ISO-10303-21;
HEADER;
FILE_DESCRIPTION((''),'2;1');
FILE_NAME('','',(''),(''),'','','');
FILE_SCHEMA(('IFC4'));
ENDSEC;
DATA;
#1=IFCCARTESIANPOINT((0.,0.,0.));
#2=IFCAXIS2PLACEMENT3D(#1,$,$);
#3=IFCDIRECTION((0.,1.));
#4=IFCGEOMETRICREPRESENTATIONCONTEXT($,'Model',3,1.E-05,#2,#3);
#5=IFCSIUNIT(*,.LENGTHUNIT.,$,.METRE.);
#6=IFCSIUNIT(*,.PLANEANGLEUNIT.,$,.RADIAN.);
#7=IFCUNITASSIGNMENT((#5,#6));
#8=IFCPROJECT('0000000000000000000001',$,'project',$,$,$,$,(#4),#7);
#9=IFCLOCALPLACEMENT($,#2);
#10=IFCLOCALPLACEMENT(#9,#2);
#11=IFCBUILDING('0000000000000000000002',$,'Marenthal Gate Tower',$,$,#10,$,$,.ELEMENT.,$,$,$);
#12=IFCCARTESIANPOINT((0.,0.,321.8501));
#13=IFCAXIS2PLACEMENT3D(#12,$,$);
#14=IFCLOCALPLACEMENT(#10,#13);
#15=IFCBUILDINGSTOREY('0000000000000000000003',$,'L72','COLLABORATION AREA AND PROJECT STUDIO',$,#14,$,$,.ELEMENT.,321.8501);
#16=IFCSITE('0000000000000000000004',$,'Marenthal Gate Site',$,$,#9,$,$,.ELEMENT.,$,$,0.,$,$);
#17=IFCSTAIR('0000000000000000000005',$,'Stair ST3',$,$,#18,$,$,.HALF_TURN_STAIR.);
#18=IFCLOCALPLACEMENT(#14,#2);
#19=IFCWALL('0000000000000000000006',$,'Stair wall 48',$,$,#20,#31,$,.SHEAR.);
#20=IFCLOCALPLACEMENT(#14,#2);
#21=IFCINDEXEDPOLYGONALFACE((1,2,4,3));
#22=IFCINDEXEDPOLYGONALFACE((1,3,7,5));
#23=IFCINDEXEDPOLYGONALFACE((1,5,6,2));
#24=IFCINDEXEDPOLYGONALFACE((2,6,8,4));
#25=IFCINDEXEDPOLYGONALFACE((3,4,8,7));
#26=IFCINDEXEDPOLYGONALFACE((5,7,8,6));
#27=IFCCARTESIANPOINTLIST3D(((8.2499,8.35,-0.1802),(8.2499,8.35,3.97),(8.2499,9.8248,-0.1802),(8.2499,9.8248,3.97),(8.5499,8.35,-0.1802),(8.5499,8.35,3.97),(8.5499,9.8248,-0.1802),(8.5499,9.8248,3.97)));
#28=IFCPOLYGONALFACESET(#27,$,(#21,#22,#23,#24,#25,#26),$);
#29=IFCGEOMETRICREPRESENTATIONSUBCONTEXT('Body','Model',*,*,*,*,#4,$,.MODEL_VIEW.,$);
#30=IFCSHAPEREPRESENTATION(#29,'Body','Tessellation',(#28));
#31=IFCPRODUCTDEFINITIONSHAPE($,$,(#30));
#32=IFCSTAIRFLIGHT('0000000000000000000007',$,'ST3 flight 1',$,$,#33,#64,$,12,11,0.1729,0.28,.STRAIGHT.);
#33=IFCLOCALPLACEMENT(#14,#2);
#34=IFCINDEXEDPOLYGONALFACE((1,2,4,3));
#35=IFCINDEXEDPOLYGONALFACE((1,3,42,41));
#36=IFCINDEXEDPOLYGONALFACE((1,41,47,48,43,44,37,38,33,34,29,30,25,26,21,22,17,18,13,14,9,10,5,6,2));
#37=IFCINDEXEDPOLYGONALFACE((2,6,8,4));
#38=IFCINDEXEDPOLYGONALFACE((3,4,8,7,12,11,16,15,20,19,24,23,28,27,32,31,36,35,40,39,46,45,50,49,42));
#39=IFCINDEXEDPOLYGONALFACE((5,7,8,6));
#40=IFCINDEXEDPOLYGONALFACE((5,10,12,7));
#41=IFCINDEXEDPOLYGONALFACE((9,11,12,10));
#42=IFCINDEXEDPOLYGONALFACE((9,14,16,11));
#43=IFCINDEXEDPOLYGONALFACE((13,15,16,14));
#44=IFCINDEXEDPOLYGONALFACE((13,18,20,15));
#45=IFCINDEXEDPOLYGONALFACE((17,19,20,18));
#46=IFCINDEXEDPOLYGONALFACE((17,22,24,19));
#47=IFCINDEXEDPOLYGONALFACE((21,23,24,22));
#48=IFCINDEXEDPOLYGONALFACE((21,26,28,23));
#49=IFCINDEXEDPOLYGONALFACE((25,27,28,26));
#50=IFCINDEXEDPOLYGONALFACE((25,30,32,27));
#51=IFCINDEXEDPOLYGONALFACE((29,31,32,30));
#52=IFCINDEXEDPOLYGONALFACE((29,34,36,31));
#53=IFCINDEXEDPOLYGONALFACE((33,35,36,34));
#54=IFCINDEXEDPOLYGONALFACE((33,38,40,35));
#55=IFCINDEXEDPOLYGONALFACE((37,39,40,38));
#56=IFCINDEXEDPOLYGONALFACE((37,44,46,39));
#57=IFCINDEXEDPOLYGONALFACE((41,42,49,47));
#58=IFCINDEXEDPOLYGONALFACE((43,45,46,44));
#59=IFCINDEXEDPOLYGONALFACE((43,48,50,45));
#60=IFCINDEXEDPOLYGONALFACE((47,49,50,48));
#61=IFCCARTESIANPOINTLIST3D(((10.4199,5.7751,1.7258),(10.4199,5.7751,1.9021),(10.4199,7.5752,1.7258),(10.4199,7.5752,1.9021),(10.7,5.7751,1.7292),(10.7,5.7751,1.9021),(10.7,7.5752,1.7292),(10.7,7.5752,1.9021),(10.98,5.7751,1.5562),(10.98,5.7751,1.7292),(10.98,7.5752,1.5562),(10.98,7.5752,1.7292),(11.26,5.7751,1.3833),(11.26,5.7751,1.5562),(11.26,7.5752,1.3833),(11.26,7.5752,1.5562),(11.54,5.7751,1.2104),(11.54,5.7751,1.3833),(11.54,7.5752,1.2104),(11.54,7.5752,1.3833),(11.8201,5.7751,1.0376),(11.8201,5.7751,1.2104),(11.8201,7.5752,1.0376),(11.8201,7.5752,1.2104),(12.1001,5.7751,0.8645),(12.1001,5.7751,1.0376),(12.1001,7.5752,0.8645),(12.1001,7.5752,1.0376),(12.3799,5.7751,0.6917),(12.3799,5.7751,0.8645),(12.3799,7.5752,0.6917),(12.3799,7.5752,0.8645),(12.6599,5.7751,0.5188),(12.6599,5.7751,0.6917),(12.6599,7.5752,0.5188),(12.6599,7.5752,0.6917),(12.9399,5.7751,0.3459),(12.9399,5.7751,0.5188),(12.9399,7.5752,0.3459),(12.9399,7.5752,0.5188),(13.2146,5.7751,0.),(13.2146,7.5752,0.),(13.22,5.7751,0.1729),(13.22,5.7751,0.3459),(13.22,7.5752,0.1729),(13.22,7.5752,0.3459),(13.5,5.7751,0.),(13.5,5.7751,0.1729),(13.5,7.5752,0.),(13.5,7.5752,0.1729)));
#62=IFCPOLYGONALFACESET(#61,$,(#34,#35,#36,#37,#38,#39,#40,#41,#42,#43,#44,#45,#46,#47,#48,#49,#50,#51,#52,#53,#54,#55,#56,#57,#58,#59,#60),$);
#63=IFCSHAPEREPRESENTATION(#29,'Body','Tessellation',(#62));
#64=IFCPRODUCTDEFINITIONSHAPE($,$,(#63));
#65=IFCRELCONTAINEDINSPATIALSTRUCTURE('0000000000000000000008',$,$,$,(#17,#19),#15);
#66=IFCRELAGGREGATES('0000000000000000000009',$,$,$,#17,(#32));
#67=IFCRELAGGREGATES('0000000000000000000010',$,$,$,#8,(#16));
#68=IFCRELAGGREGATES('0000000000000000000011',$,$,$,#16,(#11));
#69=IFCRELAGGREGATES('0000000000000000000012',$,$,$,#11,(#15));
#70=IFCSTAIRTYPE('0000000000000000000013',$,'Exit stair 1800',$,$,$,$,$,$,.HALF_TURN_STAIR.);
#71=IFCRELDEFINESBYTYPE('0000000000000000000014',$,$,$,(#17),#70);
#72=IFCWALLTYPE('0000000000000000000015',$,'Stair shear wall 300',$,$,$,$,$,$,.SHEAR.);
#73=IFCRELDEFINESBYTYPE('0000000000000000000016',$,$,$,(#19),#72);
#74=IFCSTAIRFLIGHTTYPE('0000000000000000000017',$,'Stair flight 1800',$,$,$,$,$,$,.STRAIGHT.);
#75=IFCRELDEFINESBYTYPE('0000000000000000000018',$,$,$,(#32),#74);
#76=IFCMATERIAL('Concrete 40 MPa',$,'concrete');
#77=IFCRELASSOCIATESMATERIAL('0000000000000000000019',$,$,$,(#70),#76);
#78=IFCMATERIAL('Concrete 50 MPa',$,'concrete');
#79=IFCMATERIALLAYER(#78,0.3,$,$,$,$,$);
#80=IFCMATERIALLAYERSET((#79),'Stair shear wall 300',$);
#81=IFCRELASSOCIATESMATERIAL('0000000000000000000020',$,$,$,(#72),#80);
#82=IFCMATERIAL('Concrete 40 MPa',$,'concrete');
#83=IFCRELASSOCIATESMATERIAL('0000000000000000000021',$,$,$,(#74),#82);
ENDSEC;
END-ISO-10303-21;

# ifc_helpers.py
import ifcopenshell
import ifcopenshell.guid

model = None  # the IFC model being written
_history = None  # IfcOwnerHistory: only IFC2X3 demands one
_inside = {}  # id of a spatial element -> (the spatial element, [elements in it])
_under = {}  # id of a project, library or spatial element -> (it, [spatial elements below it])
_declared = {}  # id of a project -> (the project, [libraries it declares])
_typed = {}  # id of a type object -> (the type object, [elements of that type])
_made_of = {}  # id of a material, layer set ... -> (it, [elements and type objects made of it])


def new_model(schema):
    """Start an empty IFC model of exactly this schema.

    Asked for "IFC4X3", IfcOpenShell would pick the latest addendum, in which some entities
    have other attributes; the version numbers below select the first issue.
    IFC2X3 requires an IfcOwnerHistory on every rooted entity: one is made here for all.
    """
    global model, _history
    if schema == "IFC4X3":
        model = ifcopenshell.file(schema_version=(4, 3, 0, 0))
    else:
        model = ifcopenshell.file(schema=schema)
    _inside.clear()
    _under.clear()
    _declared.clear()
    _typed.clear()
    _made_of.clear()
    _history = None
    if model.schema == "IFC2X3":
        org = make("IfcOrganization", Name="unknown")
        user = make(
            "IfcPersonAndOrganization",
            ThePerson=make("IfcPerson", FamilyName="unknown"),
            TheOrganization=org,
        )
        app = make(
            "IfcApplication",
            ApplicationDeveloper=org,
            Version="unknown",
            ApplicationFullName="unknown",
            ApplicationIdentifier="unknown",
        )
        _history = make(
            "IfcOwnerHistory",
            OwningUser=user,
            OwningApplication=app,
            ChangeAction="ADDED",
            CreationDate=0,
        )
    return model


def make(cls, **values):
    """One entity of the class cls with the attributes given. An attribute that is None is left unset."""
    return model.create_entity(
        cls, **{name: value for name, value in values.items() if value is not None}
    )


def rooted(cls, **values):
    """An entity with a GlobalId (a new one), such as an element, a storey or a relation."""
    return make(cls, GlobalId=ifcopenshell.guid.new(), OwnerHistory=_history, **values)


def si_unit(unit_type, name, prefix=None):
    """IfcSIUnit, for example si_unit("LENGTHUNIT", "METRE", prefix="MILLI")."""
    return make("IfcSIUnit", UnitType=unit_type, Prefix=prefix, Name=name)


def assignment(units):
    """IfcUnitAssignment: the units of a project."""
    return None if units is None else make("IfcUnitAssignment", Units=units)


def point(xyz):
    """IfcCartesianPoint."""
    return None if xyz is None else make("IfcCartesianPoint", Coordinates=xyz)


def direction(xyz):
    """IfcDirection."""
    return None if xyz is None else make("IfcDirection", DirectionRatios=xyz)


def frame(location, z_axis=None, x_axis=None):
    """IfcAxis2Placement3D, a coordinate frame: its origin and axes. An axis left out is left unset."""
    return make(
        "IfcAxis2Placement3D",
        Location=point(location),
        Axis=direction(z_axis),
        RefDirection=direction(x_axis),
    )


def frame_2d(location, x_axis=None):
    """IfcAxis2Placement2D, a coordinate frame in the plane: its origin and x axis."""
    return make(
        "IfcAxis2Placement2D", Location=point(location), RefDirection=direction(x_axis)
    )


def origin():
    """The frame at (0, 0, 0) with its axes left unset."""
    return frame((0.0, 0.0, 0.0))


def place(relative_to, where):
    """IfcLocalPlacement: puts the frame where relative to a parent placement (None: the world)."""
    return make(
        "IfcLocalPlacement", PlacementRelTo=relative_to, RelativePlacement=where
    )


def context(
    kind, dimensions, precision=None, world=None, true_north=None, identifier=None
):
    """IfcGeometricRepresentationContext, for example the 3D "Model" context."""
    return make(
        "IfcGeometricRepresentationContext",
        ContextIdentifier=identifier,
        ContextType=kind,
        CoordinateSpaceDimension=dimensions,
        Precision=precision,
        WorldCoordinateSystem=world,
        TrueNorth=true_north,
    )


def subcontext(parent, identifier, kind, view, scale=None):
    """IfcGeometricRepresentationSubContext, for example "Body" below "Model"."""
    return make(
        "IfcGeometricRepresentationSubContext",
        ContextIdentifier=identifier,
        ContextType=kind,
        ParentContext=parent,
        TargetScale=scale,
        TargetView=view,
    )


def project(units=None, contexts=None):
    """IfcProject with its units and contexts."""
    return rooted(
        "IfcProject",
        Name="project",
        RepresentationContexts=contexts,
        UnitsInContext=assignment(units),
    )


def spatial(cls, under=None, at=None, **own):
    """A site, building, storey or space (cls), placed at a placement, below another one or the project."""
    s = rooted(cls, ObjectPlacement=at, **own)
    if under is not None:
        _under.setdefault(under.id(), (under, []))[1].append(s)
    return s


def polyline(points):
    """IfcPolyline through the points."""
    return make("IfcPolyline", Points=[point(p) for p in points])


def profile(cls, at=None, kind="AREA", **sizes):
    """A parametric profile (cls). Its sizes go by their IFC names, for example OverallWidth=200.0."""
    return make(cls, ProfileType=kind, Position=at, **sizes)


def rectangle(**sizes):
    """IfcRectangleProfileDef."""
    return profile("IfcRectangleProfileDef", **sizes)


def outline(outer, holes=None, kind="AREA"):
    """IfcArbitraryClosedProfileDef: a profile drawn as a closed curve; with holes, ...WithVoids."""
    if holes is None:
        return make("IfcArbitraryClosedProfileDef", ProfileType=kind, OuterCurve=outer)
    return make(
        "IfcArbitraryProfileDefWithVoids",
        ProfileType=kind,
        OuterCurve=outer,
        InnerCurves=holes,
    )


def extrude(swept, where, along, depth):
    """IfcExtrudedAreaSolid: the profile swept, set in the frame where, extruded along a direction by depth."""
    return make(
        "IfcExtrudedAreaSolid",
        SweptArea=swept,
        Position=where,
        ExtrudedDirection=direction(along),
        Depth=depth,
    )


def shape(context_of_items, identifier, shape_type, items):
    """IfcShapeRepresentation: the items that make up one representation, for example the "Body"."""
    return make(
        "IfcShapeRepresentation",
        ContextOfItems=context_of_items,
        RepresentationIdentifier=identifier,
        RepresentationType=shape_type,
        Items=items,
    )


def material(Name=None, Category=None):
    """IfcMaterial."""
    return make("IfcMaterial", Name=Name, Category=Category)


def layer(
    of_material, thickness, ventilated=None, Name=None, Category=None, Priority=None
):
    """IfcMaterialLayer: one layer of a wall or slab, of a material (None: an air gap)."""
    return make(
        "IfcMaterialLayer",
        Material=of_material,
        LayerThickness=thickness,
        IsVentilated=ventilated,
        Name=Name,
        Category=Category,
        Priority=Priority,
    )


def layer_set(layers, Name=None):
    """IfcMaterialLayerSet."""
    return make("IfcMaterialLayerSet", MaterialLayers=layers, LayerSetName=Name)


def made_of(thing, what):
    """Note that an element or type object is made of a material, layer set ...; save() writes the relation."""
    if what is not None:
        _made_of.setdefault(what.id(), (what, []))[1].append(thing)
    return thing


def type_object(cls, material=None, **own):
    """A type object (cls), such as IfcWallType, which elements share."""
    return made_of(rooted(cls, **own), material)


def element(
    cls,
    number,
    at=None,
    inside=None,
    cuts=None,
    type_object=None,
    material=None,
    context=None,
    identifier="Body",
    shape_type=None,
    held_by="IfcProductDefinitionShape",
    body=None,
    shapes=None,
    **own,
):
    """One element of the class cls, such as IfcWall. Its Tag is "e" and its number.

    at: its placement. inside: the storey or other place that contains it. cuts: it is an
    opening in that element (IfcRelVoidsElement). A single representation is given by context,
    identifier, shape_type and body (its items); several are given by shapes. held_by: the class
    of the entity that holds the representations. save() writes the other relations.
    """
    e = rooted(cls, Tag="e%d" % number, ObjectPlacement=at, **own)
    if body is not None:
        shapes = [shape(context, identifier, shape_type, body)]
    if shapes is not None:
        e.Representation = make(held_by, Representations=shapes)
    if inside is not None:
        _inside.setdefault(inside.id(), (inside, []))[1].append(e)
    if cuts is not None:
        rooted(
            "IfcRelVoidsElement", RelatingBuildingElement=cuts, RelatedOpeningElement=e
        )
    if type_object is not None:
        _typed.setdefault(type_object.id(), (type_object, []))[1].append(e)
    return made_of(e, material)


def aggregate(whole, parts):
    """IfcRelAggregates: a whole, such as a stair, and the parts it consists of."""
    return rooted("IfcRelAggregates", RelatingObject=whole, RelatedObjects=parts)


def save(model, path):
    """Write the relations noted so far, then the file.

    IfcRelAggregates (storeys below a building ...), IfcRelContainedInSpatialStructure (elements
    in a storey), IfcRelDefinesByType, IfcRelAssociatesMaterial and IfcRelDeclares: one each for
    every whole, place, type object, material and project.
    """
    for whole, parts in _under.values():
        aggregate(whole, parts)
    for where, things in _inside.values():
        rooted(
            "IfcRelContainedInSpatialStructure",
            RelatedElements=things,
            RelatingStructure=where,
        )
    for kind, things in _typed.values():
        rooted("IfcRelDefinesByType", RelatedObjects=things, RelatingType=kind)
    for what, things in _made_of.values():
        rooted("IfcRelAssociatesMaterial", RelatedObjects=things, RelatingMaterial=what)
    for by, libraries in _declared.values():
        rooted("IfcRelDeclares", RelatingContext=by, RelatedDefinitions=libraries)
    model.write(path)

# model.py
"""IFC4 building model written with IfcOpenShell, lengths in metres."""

from ifc_helpers import new_model, si_unit, direction, frame, frame_2d, origin, place, context, subcontext, project, spatial, polyline, rectangle, outline, extrude, material, layer, layer_set, type_object, element, aggregate, save


model = new_model("IFC4")

# Units and contexts
model_context = context("Model", 3, precision=1e-05, world=origin(), true_north=direction((0.0, 1.0)))
body_context = subcontext(model_context, "Body", "Model", "MODEL_VIEW")
ifc_project = project(units=[si_unit("LENGTHUNIT", "METRE"), si_unit("PLANEANGLEUNIT", "RADIAN")], contexts=[model_context])

# Site, building, storey
site_placement = place(None, origin())
site = spatial("IfcSite", under=ifc_project, at=site_placement, Name="Marenthal Gate Site", CompositionType="ELEMENT", RefElevation=0.0)
building_placement = place(site_placement, origin())
building = spatial("IfcBuilding", under=site, at=building_placement, Name="Marenthal Gate Tower", CompositionType="ELEMENT")
storey_placement = place(building_placement, frame((0.0, 0.0, 321.8501)))
storey = spatial("IfcBuildingStorey", under=building, at=storey_placement, Name="L72", Description="COLLABORATION AREA AND PROJECT STUDIO", CompositionType="ELEMENT", Elevation=321.8501)

# Stair
ifc_material_1 = material(Name="Concrete 40 MPa", Category="concrete")
stair_type = type_object("IfcStairType", Name="Exit stair 1800", PredefinedType="HALF_TURN_STAIR", material=ifc_material_1)
stair_1_placement = place(storey_placement, origin())
stair_1 = element("IfcStair", 1, at=stair_1_placement, inside=storey, type_object=stair_type, Name="Stair ST3", PredefinedType="HALF_TURN_STAIR")

# Wall
ifc_material_2 = material(Name="Concrete 50 MPa", Category="concrete")
ifc_layer_1 = layer(ifc_material_2, 0.3)
ifc_layer_set_1 = layer_set([ifc_layer_1], Name="Stair shear wall 300")
wall_type_1 = type_object("IfcWallType", Name="Stair shear wall 300", PredefinedType="SHEAR", material=ifc_layer_set_1)
wall_1_placement = place(storey_placement, frame((8.3999, 8.3501, -0.1802), z_axis=(0.0, 0.0, 1.0), x_axis=(0.0, 1.0, 0.0)))
element("IfcWall", 2, at=wall_1_placement, inside=storey, type_object=wall_type_1, Name="Stair wall 48", PredefinedType="SHEAR", context=body_context, shape_type="SweptSolid", body=[
    extrude(rectangle(XDim=1.4749, YDim=0.3, at=frame_2d((0.7373, 0.0))), origin(), (0.0, 0.0, 1.0), 4.1501),
])

# Stair flight
ifc_material_3 = material(Name="Concrete 40 MPa", Category="concrete")
stair_flight_type = type_object("IfcStairFlightType", Name="Stair flight 1800", PredefinedType="STRAIGHT", material=ifc_material_3)
stair_flight_placement = place(storey_placement, frame((13.5, 6.675, 0.0), z_axis=(0.0, 0.0, 1.0), x_axis=(-1.0, 0.0, 0.0)))
stair_flight = element("IfcStairFlight", 3, at=stair_flight_placement, type_object=stair_flight_type, Name="ST3 flight 1", NumberOfRisers=12, NumberOfTreads=11, PredefinedType="STRAIGHT", RiserHeight=0.1729, TreadLength=0.28, context=body_context, shape_type="SweptSolid", body=[
    extrude(outline(polyline([(0.0, 0.0), (0.0, 0.1729), (0.28, 0.1729), (0.28, 0.3459), (0.5601, 0.3459), (0.5601, 0.5188), (0.8401, 0.5188), (0.8401, 0.6917), (1.1201, 0.6917), (1.1201, 0.8645), (1.3999, 0.8645), (1.3999, 1.0376), (1.6799, 1.0376), (1.6799, 1.2104), (1.96, 1.2104), (1.96, 1.3833), (2.24, 1.3833), (2.24, 1.5562), (2.52, 1.5562), (2.52, 1.7292), (2.8, 1.7292), (2.8, 1.9021), (3.0801, 1.9021), (3.0801, 2.075), (3.0801, 1.7258), (0.2854, 0.0), (0.0, 0.0)])), frame((0.0, 0.8999, 0.0), z_axis=(0.0, -1.0, 0.0), x_axis=(1.0, 0.0, 0.0)), (0.0, 0.0, 1.0), 1.8),
])
aggregate(stair_1, [stair_flight])

save(model, "model.ifc")
